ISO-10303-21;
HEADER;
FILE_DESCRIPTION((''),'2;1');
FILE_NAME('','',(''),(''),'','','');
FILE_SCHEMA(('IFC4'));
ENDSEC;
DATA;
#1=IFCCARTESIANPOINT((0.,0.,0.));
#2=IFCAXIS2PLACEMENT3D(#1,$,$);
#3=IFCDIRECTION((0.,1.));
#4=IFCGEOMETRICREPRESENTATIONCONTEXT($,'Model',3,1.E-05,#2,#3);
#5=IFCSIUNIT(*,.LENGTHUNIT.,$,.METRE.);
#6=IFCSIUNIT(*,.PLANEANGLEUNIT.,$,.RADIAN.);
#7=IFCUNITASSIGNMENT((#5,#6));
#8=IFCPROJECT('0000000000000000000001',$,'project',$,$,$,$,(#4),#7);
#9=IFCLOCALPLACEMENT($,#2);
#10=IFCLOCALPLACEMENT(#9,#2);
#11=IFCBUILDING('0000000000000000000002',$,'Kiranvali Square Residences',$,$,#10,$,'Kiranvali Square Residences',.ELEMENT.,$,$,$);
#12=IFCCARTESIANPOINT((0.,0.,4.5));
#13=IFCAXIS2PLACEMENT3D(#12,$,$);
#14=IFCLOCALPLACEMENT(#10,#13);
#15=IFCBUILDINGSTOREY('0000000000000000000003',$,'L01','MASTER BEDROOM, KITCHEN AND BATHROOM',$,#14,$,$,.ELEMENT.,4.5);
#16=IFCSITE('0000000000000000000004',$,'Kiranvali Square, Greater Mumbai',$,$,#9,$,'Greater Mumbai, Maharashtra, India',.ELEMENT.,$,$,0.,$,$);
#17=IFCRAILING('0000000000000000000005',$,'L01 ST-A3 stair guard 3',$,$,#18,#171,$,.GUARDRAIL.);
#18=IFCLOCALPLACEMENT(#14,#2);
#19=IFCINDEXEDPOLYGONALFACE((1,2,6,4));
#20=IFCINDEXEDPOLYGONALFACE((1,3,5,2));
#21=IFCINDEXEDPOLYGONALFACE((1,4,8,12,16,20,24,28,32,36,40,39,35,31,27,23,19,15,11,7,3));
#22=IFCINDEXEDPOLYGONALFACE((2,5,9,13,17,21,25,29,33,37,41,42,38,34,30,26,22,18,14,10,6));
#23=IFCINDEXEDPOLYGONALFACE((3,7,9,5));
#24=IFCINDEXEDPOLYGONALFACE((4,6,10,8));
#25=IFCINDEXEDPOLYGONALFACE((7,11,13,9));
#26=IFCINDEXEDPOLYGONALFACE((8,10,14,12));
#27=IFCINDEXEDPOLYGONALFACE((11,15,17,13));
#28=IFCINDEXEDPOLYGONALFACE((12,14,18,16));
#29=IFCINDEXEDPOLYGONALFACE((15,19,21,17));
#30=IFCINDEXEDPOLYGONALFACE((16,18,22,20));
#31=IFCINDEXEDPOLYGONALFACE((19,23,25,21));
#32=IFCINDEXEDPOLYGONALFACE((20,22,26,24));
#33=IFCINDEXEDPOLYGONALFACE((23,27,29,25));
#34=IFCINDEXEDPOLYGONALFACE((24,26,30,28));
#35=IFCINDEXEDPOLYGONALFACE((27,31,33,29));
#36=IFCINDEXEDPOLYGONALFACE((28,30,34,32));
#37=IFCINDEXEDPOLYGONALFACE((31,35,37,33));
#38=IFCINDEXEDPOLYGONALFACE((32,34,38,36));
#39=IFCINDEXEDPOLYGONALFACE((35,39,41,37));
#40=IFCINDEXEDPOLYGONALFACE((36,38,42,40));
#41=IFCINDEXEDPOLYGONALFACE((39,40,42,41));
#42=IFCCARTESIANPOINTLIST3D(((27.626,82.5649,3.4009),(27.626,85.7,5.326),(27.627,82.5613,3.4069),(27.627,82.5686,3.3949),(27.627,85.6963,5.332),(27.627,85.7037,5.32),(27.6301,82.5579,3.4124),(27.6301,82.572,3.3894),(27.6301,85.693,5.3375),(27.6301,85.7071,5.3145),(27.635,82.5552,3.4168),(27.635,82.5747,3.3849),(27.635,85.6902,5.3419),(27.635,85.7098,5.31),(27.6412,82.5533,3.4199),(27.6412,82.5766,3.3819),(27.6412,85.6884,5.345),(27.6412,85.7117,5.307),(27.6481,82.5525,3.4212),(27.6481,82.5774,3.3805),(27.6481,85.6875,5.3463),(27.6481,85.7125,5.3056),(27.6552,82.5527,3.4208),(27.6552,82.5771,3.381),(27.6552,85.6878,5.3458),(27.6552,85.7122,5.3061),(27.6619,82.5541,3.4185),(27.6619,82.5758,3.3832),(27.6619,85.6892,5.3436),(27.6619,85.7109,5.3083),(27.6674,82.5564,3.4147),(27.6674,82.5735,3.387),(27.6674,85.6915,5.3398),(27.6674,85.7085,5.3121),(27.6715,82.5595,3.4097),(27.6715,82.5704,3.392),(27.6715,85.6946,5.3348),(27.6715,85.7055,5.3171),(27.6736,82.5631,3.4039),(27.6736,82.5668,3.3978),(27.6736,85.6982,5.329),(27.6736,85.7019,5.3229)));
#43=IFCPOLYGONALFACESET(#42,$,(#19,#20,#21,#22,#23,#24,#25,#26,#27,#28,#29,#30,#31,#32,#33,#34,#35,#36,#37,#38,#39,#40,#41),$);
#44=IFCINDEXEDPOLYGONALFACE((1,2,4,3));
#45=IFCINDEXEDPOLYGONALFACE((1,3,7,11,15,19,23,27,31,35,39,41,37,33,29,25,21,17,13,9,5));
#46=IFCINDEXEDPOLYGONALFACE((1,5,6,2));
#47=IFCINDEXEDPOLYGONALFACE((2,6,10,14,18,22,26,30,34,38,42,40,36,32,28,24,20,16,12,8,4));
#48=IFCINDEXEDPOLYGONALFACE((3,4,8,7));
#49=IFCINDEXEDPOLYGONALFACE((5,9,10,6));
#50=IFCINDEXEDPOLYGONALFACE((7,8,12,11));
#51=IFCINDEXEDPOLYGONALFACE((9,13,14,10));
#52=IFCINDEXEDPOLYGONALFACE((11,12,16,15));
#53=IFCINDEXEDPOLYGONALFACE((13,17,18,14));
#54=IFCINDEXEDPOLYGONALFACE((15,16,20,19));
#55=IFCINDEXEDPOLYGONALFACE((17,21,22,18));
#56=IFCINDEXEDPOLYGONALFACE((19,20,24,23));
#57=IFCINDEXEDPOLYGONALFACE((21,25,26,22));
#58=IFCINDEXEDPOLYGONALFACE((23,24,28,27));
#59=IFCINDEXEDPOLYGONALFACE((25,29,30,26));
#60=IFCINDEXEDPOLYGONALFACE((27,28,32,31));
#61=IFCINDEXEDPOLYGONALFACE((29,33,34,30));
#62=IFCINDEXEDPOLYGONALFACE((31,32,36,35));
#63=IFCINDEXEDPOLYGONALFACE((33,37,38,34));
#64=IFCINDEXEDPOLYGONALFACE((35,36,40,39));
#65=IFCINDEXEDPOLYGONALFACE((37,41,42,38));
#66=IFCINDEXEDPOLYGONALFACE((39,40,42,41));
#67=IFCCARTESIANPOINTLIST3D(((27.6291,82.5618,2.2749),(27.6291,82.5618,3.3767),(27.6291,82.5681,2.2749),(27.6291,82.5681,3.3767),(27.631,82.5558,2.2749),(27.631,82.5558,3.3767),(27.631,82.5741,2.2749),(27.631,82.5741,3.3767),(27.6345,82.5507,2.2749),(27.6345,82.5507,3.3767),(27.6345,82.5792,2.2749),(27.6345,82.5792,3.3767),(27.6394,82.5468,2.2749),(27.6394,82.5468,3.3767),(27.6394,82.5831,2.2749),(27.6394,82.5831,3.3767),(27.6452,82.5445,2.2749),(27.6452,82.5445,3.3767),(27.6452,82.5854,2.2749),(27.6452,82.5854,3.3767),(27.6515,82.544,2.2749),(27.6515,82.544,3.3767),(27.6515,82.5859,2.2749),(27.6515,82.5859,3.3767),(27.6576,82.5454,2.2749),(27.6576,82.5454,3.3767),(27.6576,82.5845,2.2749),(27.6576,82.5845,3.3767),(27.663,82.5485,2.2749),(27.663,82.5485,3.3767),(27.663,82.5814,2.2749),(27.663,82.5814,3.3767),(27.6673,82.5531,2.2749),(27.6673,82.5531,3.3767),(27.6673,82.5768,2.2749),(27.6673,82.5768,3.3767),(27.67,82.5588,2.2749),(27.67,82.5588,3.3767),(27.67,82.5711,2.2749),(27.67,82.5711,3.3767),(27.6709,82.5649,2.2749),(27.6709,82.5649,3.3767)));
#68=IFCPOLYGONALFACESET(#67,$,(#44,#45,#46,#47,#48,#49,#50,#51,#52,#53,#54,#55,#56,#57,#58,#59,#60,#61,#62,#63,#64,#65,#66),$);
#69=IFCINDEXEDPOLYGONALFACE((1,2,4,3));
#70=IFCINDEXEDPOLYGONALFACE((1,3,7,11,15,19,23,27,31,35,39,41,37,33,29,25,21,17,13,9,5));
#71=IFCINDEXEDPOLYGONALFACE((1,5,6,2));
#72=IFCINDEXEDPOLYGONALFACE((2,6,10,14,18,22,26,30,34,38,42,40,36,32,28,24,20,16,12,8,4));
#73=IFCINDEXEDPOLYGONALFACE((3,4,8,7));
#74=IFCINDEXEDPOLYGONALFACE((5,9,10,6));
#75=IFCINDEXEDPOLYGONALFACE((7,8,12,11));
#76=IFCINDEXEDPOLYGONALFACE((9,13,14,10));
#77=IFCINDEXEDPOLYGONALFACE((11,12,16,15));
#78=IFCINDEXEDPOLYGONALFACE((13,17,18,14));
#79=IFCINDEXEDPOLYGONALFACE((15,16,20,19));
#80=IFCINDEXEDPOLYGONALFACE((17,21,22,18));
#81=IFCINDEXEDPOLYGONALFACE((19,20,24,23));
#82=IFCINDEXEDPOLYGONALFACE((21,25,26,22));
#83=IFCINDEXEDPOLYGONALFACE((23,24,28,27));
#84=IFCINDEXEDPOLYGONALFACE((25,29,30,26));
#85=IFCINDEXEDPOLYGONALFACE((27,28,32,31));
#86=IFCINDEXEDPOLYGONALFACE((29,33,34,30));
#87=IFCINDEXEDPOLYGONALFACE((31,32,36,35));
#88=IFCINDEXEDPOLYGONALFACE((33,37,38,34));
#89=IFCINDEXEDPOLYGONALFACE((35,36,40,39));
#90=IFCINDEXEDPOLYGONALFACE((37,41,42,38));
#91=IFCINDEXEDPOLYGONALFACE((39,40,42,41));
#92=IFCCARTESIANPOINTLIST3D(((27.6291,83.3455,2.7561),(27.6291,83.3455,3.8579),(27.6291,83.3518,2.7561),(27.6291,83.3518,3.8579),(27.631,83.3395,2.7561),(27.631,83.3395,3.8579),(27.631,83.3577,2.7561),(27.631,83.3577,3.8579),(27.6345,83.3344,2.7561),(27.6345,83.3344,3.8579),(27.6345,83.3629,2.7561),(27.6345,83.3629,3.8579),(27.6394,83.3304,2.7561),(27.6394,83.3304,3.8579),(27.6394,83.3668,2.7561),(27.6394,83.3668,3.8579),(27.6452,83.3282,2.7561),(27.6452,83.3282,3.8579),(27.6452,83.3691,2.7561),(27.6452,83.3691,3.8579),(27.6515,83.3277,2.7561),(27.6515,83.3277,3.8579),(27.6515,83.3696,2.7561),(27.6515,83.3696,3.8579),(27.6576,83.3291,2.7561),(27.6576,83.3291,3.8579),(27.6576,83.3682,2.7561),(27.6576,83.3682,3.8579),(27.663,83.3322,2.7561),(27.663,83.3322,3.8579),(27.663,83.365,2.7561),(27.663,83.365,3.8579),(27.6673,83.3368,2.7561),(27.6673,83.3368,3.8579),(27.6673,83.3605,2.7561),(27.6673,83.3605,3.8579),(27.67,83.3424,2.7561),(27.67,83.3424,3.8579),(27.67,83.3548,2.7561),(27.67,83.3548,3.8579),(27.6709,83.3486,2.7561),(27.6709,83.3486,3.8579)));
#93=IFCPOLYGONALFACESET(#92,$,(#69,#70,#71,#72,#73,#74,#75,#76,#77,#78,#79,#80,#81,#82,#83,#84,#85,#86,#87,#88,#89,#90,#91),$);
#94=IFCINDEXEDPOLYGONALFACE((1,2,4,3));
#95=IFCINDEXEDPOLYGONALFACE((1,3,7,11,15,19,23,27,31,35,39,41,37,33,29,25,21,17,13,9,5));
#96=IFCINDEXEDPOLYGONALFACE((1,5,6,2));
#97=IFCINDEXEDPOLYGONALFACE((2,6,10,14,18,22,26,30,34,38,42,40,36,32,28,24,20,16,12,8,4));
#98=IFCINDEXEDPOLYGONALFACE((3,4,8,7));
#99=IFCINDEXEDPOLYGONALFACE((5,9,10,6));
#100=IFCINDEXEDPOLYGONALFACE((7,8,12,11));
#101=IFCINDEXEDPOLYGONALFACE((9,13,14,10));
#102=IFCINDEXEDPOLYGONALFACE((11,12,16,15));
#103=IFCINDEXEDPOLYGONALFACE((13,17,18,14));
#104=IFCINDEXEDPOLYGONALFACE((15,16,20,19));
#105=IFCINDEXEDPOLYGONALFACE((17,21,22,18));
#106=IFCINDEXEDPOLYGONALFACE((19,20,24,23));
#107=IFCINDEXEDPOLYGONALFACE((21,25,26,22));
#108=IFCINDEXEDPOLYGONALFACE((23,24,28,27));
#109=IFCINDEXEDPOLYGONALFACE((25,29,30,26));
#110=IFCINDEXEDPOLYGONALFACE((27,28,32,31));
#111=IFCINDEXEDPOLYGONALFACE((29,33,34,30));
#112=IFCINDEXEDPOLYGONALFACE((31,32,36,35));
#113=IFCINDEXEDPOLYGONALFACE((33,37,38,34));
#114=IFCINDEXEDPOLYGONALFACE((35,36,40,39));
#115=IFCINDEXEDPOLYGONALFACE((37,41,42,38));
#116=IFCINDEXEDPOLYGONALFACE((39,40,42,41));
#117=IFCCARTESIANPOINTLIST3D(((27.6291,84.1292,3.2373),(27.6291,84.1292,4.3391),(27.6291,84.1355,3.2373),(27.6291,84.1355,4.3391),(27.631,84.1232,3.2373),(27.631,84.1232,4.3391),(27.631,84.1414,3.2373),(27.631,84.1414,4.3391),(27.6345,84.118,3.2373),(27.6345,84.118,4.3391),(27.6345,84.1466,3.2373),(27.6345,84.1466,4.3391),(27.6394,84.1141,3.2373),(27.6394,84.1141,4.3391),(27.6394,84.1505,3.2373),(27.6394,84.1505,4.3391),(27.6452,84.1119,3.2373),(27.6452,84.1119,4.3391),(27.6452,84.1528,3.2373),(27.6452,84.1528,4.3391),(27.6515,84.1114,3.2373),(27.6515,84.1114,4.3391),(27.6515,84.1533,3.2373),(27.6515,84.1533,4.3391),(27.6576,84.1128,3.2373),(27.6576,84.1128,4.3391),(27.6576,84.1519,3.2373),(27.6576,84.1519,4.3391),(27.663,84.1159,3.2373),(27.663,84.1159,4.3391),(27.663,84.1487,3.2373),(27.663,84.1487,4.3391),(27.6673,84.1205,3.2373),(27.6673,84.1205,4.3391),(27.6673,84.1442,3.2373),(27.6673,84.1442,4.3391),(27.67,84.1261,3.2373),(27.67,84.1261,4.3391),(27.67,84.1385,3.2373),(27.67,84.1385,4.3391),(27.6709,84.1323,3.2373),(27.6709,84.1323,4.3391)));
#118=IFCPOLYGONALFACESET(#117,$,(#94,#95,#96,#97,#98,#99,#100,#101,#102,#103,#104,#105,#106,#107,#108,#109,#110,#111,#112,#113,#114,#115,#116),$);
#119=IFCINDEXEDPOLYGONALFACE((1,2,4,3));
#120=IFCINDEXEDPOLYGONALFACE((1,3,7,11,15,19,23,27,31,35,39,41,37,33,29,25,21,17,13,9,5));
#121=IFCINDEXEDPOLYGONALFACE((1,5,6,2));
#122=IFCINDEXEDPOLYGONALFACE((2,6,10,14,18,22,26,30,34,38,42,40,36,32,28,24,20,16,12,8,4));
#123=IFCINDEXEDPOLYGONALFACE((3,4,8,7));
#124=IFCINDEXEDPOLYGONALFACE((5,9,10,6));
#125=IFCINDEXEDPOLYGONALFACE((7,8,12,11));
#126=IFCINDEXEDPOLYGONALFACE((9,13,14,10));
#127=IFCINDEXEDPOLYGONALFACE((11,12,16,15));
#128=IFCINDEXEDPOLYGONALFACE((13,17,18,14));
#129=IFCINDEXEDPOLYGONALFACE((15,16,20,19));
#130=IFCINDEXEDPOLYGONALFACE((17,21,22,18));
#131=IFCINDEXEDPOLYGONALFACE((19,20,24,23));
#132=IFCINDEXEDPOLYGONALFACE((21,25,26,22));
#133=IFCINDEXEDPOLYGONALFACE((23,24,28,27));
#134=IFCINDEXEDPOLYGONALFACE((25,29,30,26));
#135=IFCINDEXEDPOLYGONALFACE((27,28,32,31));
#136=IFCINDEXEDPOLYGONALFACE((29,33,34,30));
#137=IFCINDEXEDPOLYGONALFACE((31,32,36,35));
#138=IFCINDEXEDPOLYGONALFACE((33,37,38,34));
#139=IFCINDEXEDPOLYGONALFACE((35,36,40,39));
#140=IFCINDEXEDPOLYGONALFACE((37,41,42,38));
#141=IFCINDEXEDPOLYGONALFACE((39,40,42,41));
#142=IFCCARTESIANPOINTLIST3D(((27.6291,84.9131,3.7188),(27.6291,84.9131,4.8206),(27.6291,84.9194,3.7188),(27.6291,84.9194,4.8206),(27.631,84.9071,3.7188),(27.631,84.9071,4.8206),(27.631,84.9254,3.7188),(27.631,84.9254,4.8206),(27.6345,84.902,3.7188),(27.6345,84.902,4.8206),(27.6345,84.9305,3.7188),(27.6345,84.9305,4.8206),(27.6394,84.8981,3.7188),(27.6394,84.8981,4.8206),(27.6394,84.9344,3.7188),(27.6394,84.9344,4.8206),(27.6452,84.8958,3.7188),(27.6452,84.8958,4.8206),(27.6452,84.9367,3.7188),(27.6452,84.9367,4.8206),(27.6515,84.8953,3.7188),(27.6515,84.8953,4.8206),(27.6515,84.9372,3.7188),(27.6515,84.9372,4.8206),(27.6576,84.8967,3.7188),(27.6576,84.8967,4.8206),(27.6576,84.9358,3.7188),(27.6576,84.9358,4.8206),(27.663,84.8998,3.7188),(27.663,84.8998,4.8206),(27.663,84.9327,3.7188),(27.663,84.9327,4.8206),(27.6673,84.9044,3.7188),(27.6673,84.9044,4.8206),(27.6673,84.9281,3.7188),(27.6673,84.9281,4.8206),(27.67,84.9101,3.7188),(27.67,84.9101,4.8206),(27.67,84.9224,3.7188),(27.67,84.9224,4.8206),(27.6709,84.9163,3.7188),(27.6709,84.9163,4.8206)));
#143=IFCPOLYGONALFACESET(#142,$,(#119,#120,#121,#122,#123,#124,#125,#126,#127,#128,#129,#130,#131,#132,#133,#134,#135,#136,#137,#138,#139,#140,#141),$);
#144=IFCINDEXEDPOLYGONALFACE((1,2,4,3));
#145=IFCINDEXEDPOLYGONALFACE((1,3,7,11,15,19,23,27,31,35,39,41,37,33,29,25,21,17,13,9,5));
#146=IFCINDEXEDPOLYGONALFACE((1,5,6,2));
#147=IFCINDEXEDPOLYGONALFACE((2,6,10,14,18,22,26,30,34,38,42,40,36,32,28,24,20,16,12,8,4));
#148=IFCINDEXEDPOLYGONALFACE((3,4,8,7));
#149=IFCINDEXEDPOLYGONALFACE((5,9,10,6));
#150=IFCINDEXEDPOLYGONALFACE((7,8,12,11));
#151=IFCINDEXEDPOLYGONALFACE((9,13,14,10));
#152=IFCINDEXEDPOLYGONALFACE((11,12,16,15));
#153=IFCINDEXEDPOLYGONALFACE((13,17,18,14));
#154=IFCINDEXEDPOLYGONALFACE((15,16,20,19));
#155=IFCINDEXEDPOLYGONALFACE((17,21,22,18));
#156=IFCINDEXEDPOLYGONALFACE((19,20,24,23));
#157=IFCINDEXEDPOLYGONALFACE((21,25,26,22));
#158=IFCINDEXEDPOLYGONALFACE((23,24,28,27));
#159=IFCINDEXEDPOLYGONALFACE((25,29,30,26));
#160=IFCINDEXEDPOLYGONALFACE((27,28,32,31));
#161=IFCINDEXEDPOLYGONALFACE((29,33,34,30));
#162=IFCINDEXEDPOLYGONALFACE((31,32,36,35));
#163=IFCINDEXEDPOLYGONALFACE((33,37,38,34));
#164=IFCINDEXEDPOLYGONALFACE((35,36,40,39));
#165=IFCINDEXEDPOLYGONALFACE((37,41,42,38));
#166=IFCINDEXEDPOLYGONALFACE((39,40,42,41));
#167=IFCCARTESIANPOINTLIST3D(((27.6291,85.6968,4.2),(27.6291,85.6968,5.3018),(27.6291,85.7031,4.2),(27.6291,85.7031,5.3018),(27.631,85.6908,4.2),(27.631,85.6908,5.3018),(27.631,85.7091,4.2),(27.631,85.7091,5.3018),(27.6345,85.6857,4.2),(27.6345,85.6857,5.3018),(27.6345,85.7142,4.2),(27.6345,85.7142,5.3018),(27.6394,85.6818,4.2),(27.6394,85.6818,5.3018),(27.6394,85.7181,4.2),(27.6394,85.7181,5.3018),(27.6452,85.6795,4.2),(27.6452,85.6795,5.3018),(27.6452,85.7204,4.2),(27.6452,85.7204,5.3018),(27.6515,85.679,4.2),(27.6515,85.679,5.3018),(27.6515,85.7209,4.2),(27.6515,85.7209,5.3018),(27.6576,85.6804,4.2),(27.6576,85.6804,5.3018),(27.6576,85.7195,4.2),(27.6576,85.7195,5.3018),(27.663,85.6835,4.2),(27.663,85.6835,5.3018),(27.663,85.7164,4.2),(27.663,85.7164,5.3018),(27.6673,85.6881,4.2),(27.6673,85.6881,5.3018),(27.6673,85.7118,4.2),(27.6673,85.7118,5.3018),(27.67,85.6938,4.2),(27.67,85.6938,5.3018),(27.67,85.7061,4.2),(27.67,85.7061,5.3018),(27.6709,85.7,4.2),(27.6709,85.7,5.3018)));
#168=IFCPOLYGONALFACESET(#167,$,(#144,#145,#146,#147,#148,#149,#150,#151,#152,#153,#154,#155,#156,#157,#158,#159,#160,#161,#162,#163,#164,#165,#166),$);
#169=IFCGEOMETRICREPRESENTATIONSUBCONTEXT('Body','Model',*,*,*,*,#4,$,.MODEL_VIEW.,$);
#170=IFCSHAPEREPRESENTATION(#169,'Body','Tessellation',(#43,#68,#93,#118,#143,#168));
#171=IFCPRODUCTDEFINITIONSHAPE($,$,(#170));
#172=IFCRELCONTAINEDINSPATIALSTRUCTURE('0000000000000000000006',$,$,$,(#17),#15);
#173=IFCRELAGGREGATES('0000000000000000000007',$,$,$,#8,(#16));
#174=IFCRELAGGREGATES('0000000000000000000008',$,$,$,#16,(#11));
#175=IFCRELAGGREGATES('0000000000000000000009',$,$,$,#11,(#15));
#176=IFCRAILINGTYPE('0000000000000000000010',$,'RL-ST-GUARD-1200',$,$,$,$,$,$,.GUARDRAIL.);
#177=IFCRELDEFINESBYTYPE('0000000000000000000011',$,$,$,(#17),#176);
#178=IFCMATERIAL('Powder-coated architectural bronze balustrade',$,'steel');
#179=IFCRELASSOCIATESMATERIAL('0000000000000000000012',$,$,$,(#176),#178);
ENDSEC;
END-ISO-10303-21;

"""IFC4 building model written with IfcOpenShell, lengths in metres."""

from ifc_helpers import new_model, si_unit, direction, frame, origin, origin_2d, place, context, subcontext, project, spatial, circle, extrude, material, type_object, element, save


model = new_model("IFC4")

# Units and contexts
model_context = context("Model", 3, precision=1e-05, world=origin(), true_north=direction((0.0, 1.0)))
body_context = subcontext(model_context, "Body", "Model", "MODEL_VIEW")
ifc_project = project(units=[si_unit("LENGTHUNIT", "METRE"), si_unit("PLANEANGLEUNIT", "RADIAN")], contexts=[model_context])

# Site, building, storey
site_placement = place(None, origin())
site = spatial("IfcSite", under=ifc_project, at=site_placement, Name="Kiranvali Square, Greater Mumbai", LongName="Greater Mumbai, Maharashtra, India", CompositionType="ELEMENT", RefElevation=0.0)
building_placement = place(site_placement, origin())
building = spatial("IfcBuilding", under=site, at=building_placement, Name="Kiranvali Square Residences", LongName="Kiranvali Square Residences", CompositionType="ELEMENT")
storey_placement = place(building_placement, frame((0.0, 0.0, 4.5)))
storey = spatial("IfcBuildingStorey", under=building, at=storey_placement, Name="L01", Description="MASTER BEDROOM, KITCHEN AND BATHROOM", CompositionType="ELEMENT", Elevation=4.5)

# Railing
ifc_material_1 = material(Name="Powder-coated architectural bronze balustrade", Category="steel")
railing_type_1 = type_object("IfcRailingType", Name="RL-ST-GUARD-1200", PredefinedType="GUARDRAIL", material=ifc_material_1)
railing_1_placement = place(storey_placement, frame((27.6499, 82.5649, 2.2749)))
element("IfcRailing", 1, at=railing_1_placement, inside=storey, type_object=railing_type_1, Name="L01 ST-A3 stair guard 3", PredefinedType="GUARDRAIL", context=body_context, shape_type="SweptSolid", body=[
    extrude(circle(Radius=0.0239, at=origin_2d()), frame((0.0, 0.0, 1.126), z_axis=(0.0, 0.852166, 0.523271), x_axis=(-1.0, 0.0, 0.0)), (0.0, 0.0, 1.0), 3.679),
    extrude(circle(Radius=0.021, at=origin_2d()), origin(), (0.0, 0.0, 1.0), 1.1018),
    extrude(circle(Radius=0.021, at=origin_2d()), frame((0.0, 0.7837, 0.4812)), (0.0, 0.0, 1.0), 1.1018),
    extrude(circle(Radius=0.021, at=origin_2d()), frame((0.0, 1.5674, 0.9624)), (0.0, 0.0, 1.0), 1.1018),
    extrude(circle(Radius=0.021, at=origin_2d()), frame((0.0, 2.3513, 1.4438)), (0.0, 0.0, 1.0), 1.1018),
    extrude(circle(Radius=0.021, at=origin_2d()), frame((0.0, 3.135, 1.925)), (0.0, 0.0, 1.0), 1.1018),
])

save(model, "model.ifc")
